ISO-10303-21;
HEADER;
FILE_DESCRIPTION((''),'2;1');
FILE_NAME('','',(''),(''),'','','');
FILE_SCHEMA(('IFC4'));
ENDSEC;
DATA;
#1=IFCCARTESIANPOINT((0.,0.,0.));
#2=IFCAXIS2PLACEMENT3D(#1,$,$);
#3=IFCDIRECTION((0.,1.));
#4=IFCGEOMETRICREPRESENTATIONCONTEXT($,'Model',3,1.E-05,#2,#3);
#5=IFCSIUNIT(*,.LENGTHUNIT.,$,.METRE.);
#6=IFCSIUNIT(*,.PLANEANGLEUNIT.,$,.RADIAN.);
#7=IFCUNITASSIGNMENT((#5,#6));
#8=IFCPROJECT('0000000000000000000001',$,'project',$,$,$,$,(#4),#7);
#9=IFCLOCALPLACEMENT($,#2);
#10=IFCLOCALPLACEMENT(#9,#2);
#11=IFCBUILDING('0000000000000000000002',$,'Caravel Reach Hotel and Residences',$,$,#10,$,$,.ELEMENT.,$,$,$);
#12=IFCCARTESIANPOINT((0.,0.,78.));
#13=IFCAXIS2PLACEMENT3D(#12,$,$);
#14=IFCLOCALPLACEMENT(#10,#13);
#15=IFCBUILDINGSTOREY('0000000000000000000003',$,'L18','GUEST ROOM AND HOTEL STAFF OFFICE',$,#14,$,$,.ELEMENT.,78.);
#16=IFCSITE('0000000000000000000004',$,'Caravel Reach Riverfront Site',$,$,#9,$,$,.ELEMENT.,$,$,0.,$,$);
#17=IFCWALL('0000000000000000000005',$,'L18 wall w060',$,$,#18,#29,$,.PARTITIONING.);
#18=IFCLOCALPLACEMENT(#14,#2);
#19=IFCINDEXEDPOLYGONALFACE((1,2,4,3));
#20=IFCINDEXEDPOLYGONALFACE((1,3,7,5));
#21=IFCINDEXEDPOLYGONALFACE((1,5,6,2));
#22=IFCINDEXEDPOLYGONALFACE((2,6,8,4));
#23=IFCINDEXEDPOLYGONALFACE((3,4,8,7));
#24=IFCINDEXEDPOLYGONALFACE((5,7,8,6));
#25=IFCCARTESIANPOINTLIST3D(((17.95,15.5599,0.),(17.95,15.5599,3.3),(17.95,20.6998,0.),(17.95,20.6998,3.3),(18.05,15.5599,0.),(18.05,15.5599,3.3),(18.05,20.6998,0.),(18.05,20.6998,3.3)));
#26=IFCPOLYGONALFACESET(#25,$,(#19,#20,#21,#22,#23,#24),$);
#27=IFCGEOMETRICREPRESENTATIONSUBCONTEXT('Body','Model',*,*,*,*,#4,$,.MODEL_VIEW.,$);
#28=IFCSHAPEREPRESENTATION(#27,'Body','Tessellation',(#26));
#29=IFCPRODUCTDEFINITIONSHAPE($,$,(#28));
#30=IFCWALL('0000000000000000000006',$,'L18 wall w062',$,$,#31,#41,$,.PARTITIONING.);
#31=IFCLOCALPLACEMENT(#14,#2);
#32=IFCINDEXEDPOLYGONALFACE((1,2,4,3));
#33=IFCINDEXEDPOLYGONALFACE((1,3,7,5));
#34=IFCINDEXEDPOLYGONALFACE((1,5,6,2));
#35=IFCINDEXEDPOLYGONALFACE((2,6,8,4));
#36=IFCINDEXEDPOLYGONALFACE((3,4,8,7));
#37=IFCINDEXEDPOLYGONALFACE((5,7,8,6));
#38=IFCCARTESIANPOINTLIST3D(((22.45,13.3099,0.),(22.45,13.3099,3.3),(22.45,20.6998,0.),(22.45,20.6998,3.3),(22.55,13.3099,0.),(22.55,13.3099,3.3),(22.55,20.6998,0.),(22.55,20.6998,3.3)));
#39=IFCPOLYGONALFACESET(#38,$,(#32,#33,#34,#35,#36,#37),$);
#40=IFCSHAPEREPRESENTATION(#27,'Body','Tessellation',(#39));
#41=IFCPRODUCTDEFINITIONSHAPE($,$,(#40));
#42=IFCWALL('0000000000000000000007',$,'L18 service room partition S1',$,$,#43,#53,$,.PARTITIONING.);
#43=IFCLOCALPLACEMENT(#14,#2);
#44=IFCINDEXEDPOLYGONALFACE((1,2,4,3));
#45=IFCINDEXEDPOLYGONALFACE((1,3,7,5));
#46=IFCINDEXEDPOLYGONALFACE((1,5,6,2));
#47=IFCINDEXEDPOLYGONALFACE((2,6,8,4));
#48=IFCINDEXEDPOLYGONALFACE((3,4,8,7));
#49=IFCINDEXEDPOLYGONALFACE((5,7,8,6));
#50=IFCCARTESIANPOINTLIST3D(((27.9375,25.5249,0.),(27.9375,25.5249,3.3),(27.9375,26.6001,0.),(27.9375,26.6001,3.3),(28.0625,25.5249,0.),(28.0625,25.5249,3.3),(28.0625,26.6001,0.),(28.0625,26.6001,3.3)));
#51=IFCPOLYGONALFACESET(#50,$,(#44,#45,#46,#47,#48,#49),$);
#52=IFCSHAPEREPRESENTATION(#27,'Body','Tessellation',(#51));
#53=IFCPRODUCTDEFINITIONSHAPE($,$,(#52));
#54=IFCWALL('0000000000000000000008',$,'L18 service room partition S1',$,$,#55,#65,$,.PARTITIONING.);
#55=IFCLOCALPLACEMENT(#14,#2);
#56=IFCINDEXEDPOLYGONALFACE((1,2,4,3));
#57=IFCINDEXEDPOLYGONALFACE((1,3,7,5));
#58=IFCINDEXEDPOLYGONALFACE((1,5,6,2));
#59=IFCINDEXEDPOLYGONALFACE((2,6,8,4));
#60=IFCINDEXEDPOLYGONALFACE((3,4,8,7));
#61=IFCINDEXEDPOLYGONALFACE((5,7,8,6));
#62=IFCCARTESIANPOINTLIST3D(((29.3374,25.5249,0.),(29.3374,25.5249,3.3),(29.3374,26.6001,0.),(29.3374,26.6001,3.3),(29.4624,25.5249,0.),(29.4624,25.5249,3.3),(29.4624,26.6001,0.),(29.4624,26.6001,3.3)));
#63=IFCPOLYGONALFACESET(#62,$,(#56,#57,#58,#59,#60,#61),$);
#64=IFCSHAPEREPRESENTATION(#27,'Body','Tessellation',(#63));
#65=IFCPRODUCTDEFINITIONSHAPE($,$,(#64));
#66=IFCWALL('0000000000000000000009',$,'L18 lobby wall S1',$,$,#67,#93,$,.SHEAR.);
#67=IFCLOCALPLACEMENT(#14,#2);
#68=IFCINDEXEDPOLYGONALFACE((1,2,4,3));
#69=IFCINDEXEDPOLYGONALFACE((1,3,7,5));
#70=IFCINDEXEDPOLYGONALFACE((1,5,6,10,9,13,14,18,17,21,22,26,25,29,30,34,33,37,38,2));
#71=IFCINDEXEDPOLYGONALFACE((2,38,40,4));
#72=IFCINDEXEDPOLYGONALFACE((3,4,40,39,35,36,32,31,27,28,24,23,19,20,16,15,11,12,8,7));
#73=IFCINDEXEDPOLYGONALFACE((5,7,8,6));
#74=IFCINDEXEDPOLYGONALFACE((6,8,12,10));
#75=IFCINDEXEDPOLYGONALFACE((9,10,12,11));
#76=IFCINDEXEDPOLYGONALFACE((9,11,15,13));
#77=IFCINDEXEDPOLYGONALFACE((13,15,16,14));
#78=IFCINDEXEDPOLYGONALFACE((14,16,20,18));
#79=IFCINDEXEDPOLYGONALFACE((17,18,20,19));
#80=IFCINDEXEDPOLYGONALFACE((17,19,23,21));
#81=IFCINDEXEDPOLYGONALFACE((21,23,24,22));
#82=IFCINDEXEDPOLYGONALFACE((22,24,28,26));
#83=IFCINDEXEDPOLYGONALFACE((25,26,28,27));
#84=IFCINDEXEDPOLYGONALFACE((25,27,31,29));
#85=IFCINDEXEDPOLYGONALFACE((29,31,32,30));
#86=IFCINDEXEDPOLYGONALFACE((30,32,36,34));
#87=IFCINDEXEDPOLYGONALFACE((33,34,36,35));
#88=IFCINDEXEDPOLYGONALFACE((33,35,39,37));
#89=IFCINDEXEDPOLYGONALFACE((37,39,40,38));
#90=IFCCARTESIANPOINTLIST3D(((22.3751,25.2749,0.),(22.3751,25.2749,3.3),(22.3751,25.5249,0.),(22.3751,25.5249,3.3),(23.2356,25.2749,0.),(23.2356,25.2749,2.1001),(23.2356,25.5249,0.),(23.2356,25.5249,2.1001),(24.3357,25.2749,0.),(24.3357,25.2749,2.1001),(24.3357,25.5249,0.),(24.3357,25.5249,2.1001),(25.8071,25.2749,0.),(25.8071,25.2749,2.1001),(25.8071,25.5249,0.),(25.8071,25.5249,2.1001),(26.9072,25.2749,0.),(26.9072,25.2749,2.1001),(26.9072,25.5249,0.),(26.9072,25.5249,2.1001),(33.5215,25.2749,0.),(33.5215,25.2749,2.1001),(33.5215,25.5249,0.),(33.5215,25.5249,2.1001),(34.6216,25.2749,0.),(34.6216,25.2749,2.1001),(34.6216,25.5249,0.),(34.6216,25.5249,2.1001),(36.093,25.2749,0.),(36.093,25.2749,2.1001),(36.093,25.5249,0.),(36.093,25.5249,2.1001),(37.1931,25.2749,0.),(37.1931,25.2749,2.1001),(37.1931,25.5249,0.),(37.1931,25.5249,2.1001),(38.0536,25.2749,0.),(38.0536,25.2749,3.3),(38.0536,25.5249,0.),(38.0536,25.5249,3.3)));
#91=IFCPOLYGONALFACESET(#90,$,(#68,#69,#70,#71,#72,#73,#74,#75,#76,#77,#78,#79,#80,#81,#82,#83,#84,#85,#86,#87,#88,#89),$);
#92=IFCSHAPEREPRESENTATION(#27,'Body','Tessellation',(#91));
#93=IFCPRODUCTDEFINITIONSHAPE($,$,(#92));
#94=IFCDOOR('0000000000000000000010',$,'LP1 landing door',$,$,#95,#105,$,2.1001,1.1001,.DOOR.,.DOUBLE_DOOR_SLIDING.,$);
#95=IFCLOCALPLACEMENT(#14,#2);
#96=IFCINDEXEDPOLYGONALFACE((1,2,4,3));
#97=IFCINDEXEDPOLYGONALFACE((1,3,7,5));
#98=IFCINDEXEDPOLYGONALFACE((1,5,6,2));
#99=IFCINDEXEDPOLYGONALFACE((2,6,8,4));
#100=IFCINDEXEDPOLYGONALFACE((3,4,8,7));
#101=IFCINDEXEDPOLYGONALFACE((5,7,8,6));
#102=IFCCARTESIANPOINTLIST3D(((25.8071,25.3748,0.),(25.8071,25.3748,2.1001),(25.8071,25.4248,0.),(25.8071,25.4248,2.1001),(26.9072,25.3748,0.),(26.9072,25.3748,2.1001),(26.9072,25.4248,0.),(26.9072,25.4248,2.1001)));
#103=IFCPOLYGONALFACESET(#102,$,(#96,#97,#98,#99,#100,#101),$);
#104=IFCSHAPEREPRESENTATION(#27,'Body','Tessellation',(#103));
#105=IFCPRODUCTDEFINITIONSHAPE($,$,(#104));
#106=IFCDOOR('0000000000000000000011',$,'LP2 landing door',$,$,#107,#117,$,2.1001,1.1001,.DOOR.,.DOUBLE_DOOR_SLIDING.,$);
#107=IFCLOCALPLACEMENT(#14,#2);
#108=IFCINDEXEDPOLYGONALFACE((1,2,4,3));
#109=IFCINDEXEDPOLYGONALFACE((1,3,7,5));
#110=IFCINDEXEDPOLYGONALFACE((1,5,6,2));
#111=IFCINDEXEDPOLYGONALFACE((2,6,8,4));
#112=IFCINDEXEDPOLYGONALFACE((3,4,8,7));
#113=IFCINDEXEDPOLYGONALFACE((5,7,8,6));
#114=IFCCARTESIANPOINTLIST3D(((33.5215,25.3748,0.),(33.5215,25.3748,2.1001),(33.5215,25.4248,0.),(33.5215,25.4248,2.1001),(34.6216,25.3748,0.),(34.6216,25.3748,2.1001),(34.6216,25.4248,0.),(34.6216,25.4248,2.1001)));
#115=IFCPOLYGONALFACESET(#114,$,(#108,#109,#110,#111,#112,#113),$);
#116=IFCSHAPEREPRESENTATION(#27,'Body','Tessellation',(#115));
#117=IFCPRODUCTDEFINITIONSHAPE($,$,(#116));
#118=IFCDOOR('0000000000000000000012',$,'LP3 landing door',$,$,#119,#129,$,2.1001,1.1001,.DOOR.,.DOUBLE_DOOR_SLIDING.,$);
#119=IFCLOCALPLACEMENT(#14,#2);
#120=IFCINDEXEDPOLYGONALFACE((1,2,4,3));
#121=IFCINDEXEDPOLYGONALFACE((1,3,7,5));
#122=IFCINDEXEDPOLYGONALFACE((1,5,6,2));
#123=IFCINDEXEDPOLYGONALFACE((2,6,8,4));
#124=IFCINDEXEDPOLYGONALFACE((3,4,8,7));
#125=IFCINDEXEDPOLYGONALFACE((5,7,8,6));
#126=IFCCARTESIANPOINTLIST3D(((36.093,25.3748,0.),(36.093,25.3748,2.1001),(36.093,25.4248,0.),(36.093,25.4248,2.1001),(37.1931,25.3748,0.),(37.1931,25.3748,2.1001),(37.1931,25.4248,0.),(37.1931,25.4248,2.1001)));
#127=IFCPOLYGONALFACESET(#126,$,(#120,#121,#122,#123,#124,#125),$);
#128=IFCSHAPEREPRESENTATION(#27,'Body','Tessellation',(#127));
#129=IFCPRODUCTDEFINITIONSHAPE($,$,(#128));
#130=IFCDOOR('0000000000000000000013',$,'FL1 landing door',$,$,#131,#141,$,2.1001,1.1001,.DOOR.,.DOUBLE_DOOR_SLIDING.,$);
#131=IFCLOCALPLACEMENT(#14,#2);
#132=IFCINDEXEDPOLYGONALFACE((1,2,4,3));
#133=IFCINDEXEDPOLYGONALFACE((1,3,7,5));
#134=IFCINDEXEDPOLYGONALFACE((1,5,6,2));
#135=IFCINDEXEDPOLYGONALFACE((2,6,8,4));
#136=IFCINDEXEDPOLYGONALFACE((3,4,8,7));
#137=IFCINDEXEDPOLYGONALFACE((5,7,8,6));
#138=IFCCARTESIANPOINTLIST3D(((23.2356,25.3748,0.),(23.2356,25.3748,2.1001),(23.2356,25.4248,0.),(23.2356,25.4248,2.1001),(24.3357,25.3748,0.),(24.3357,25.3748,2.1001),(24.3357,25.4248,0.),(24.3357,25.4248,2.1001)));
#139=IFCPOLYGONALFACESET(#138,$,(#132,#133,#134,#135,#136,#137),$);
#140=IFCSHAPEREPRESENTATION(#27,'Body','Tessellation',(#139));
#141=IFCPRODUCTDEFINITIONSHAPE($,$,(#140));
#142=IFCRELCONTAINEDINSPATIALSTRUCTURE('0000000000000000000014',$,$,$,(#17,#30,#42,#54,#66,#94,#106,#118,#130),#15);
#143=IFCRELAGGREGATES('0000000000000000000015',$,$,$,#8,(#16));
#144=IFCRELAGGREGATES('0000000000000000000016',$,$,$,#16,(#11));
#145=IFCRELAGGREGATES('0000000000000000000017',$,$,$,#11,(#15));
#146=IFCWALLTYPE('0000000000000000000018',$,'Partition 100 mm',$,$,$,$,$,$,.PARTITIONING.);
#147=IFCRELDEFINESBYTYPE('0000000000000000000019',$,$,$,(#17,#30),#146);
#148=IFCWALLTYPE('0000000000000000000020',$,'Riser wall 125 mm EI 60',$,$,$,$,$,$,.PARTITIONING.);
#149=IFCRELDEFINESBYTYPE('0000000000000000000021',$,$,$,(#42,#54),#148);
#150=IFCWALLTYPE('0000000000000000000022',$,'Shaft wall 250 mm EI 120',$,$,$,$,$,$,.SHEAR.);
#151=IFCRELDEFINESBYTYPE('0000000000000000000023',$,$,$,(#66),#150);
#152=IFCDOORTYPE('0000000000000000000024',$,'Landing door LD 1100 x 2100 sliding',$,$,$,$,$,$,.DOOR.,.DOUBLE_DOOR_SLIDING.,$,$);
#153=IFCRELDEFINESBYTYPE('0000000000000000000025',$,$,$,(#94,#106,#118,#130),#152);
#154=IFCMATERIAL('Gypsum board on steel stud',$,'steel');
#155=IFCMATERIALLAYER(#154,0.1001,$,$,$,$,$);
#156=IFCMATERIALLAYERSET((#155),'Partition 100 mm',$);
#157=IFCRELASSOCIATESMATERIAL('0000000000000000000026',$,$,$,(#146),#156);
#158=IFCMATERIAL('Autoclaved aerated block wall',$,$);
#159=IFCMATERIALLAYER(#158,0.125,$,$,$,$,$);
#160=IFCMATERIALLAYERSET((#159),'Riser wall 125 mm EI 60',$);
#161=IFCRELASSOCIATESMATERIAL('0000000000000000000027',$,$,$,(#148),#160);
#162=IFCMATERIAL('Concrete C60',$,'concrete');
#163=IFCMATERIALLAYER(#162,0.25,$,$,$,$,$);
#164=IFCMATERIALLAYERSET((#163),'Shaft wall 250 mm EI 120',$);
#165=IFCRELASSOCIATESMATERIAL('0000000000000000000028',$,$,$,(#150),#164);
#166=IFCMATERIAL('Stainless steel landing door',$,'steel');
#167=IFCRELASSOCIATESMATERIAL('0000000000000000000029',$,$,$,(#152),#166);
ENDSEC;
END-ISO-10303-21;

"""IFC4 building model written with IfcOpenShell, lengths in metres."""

from ifc_helpers import new_model, si_unit, direction, frame, frame_2d, origin, place, context, subcontext, project, spatial, rectangle, extrude, material, layer, layer_set, type_object, element, fill, save


model = new_model("IFC4")

# Units and contexts
model_context = context("Model", 3, precision=1e-05, world=origin(), true_north=direction((0.0, 1.0)))
body_context = subcontext(model_context, "Body", "Model", "MODEL_VIEW")
ifc_project = project(units=[si_unit("LENGTHUNIT", "METRE"), si_unit("PLANEANGLEUNIT", "RADIAN")], contexts=[model_context])

# Site, building, storey
site_placement = place(None, origin())
site = spatial("IfcSite", under=ifc_project, at=site_placement, Name="Caravel Reach Riverfront Site", CompositionType="ELEMENT", RefElevation=0.0)
building_placement = place(site_placement, origin())
building = spatial("IfcBuilding", under=site, at=building_placement, Name="Caravel Reach Hotel and Residences", CompositionType="ELEMENT")
storey_placement = place(building_placement, frame((0.0, 0.0, 78.0)))
storey = spatial("IfcBuildingStorey", under=building, at=storey_placement, Name="L18", Description="GUEST ROOM AND HOTEL STAFF OFFICE", CompositionType="ELEMENT", Elevation=78.0)

# Walls
ifc_material_1 = material(Name="Gypsum board on steel stud", Category="steel")
ifc_layer_1 = layer(ifc_material_1, 0.1001)
ifc_layer_set_1 = layer_set([ifc_layer_1], Name="Partition 100 mm")
wall_type_1 = type_object("IfcWallType", Name="Partition 100 mm", PredefinedType="PARTITIONING", material=ifc_layer_set_1)
wall_1_placement = place(storey_placement, frame((18.0, 15.5601, 0.0), z_axis=(0.0, 0.0, 1.0), x_axis=(0.0, 1.0, 0.0)))
element("IfcWall", 1, at=wall_1_placement, inside=storey, type_object=wall_type_1, Name="L18 wall w060", PredefinedType="PARTITIONING", context=body_context, shape_type="SweptSolid", body=[
    extrude(rectangle(XDim=5.1399, YDim=0.1001, at=frame_2d((2.5698, 0.0))), origin(), (0.0, 0.0, 1.0), 3.3),
])
wall_2_placement = place(storey_placement, frame((22.5, 13.3101, 0.0), z_axis=(0.0, 0.0, 1.0), x_axis=(0.0, 1.0, 0.0)))
element("IfcWall", 2, at=wall_2_placement, inside=storey, type_object=wall_type_1, Name="L18 wall w062", PredefinedType="PARTITIONING", context=body_context, shape_type="SweptSolid", body=[
    extrude(rectangle(XDim=7.3899, YDim=0.1001, at=frame_2d((3.6948, 0.0))), origin(), (0.0, 0.0, 1.0), 3.3),
])
ifc_material_2 = material(Name="Autoclaved aerated block wall")
ifc_layer_2 = layer(ifc_material_2, 0.125)
ifc_layer_set_2 = layer_set([ifc_layer_2], Name="Riser wall 125 mm EI 60")
wall_type_2 = type_object("IfcWallType", Name="Riser wall 125 mm EI 60", PredefinedType="PARTITIONING", material=ifc_layer_set_2)
for number, where, z_axis, x_axis, name in (
    (3, (28.0, 25.5249, 0.0), (0.0, 0.0, 1.0), (0.0, 1.0, 0.0), "L18 service room partition S1"),
    (4, (29.3999, 25.5249, 0.0), (0.0, 0.0, 1.0), (0.0, 1.0, 0.0), "L18 service room partition S1"),
):
    element("IfcWall", number, at=place(storey_placement, frame(where, z_axis=z_axis, x_axis=x_axis)), inside=storey, type_object=wall_type_2, Name=name, PredefinedType="PARTITIONING", context=body_context, shape_type="SweptSolid", body=[
        extrude(rectangle(XDim=1.0752, YDim=0.125, at=frame_2d((0.5376, 0.0))), origin(), (0.0, 0.0, 1.0), 3.3),
    ])

# Wall, openings, doors
ifc_material_3 = material(Name="Concrete C60", Category="concrete")
ifc_layer_3 = layer(ifc_material_3, 0.25)
ifc_layer_set_3 = layer_set([ifc_layer_3], Name="Shaft wall 250 mm EI 120")
wall_type_3 = type_object("IfcWallType", Name="Shaft wall 250 mm EI 120", PredefinedType="SHEAR", material=ifc_layer_set_3)
wall_3_placement = place(storey_placement, frame((22.375, 25.3999, 0.0), z_axis=(0.0, 0.0, 1.0), x_axis=(1.0, 0.0, 0.0)))
wall_3 = element("IfcWall", 5, at=wall_3_placement, inside=storey, type_object=wall_type_3, Name="L18 lobby wall S1", PredefinedType="SHEAR", context=body_context, shape_type="SweptSolid", body=[
    extrude(rectangle(XDim=15.6785, YDim=0.25, at=frame_2d((7.8394, 0.0))), origin(), (0.0, 0.0, 1.0), 3.3),
])
opening_1_placement = place(wall_3_placement, frame((3.4321, 0.0, 0.0)))
opening_1 = element("IfcOpeningElement", 6, at=opening_1_placement, cuts=wall_3, PredefinedType="OPENING", context=body_context, shape_type="SweptSolid", body=[
    extrude(rectangle(XDim=1.1001, YDim=2.1001, at=frame_2d((0.55, 1.05))), frame((0.0, 0.135, 0.0), z_axis=(0.0, -1.0, 0.0), x_axis=(1.0, 0.0, 0.0)), (0.0, 0.0, 1.0), 0.27),
])
opening_2_placement = place(wall_3_placement, frame((11.1465, 0.0, 0.0)))
opening_2 = element("IfcOpeningElement", 7, at=opening_2_placement, cuts=wall_3, PredefinedType="OPENING", context=body_context, shape_type="SweptSolid", body=[
    extrude(rectangle(XDim=1.1001, YDim=2.1001, at=frame_2d((0.55, 1.05))), frame((0.0, 0.135, 0.0), z_axis=(0.0, -1.0, 0.0), x_axis=(1.0, 0.0, 0.0)), (0.0, 0.0, 1.0), 0.27),
])
opening_3_placement = place(wall_3_placement, frame((13.718, 0.0, 0.0)))
opening_3 = element("IfcOpeningElement", 8, at=opening_3_placement, cuts=wall_3, PredefinedType="OPENING", context=body_context, shape_type="SweptSolid", body=[
    extrude(rectangle(XDim=1.1001, YDim=2.1001, at=frame_2d((0.55, 1.05))), frame((0.0, 0.135, 0.0), z_axis=(0.0, -1.0, 0.0), x_axis=(1.0, 0.0, 0.0)), (0.0, 0.0, 1.0), 0.27),
])
opening_4_placement = place(wall_3_placement, frame((0.8606, 0.0, 0.0)))
opening_4 = element("IfcOpeningElement", 9, at=opening_4_placement, cuts=wall_3, PredefinedType="OPENING", context=body_context, shape_type="SweptSolid", body=[
    extrude(rectangle(XDim=1.1001, YDim=2.1001, at=frame_2d((0.55, 1.05))), frame((0.0, 0.135, 0.0), z_axis=(0.0, -1.0, 0.0), x_axis=(1.0, 0.0, 0.0)), (0.0, 0.0, 1.0), 0.27),
])
ifc_material_4 = material(Name="Stainless steel landing door", Category="steel")
door_type_1 = type_object("IfcDoorType", Name="Landing door LD 1100 x 2100 sliding", OperationType="DOUBLE_DOOR_SLIDING", PredefinedType="DOOR", material=ifc_material_4)
door_1_placement = place(opening_1_placement, origin())
door_1 = element("IfcDoor", 10, at=door_1_placement, inside=storey, type_object=door_type_1, Name="LP1 landing door", OperationType="DOUBLE_DOOR_SLIDING", OverallHeight=2.1001, OverallWidth=1.1001, PredefinedType="DOOR", context=body_context, shape_type="SweptSolid", body=[
    extrude(rectangle(XDim=1.1001, YDim=2.1001, at=frame_2d((0.55, 1.05))), frame((0.0, 0.0249, 0.0), z_axis=(0.0, -1.0, 0.0), x_axis=(1.0, 0.0, 0.0)), (0.0, 0.0, 1.0), 0.05),
])
fill(opening_1, door_1)
door_2_placement = place(opening_2_placement, origin())
door_2 = element("IfcDoor", 11, at=door_2_placement, inside=storey, type_object=door_type_1, Name="LP2 landing door", OperationType="DOUBLE_DOOR_SLIDING", OverallHeight=2.1001, OverallWidth=1.1001, PredefinedType="DOOR", context=body_context, shape_type="SweptSolid", body=[
    extrude(rectangle(XDim=1.1001, YDim=2.1001, at=frame_2d((0.55, 1.05))), frame((0.0, 0.0249, 0.0), z_axis=(0.0, -1.0, 0.0), x_axis=(1.0, 0.0, 0.0)), (0.0, 0.0, 1.0), 0.05),
])
fill(opening_2, door_2)
door_3_placement = place(opening_3_placement, origin())
door_3 = element("IfcDoor", 12, at=door_3_placement, inside=storey, type_object=door_type_1, Name="LP3 landing door", OperationType="DOUBLE_DOOR_SLIDING", OverallHeight=2.1001, OverallWidth=1.1001, PredefinedType="DOOR", context=body_context, shape_type="SweptSolid", body=[
    extrude(rectangle(XDim=1.1001, YDim=2.1001, at=frame_2d((0.55, 1.05))), frame((0.0, 0.0249, 0.0), z_axis=(0.0, -1.0, 0.0), x_axis=(1.0, 0.0, 0.0)), (0.0, 0.0, 1.0), 0.05),
])
fill(opening_3, door_3)
door_4_placement = place(opening_4_placement, origin())
door_4 = element("IfcDoor", 13, at=door_4_placement, inside=storey, type_object=door_type_1, Name="FL1 landing door", OperationType="DOUBLE_DOOR_SLIDING", OverallHeight=2.1001, OverallWidth=1.1001, PredefinedType="DOOR", context=body_context, shape_type="SweptSolid", body=[
    extrude(rectangle(XDim=1.1001, YDim=2.1001, at=frame_2d((0.55, 1.05))), frame((0.0, 0.0249, 0.0), z_axis=(0.0, -1.0, 0.0), x_axis=(1.0, 0.0, 0.0)), (0.0, 0.0, 1.0), 0.05),
])
fill(opening_4, door_4)

save(model, "model.ifc")
